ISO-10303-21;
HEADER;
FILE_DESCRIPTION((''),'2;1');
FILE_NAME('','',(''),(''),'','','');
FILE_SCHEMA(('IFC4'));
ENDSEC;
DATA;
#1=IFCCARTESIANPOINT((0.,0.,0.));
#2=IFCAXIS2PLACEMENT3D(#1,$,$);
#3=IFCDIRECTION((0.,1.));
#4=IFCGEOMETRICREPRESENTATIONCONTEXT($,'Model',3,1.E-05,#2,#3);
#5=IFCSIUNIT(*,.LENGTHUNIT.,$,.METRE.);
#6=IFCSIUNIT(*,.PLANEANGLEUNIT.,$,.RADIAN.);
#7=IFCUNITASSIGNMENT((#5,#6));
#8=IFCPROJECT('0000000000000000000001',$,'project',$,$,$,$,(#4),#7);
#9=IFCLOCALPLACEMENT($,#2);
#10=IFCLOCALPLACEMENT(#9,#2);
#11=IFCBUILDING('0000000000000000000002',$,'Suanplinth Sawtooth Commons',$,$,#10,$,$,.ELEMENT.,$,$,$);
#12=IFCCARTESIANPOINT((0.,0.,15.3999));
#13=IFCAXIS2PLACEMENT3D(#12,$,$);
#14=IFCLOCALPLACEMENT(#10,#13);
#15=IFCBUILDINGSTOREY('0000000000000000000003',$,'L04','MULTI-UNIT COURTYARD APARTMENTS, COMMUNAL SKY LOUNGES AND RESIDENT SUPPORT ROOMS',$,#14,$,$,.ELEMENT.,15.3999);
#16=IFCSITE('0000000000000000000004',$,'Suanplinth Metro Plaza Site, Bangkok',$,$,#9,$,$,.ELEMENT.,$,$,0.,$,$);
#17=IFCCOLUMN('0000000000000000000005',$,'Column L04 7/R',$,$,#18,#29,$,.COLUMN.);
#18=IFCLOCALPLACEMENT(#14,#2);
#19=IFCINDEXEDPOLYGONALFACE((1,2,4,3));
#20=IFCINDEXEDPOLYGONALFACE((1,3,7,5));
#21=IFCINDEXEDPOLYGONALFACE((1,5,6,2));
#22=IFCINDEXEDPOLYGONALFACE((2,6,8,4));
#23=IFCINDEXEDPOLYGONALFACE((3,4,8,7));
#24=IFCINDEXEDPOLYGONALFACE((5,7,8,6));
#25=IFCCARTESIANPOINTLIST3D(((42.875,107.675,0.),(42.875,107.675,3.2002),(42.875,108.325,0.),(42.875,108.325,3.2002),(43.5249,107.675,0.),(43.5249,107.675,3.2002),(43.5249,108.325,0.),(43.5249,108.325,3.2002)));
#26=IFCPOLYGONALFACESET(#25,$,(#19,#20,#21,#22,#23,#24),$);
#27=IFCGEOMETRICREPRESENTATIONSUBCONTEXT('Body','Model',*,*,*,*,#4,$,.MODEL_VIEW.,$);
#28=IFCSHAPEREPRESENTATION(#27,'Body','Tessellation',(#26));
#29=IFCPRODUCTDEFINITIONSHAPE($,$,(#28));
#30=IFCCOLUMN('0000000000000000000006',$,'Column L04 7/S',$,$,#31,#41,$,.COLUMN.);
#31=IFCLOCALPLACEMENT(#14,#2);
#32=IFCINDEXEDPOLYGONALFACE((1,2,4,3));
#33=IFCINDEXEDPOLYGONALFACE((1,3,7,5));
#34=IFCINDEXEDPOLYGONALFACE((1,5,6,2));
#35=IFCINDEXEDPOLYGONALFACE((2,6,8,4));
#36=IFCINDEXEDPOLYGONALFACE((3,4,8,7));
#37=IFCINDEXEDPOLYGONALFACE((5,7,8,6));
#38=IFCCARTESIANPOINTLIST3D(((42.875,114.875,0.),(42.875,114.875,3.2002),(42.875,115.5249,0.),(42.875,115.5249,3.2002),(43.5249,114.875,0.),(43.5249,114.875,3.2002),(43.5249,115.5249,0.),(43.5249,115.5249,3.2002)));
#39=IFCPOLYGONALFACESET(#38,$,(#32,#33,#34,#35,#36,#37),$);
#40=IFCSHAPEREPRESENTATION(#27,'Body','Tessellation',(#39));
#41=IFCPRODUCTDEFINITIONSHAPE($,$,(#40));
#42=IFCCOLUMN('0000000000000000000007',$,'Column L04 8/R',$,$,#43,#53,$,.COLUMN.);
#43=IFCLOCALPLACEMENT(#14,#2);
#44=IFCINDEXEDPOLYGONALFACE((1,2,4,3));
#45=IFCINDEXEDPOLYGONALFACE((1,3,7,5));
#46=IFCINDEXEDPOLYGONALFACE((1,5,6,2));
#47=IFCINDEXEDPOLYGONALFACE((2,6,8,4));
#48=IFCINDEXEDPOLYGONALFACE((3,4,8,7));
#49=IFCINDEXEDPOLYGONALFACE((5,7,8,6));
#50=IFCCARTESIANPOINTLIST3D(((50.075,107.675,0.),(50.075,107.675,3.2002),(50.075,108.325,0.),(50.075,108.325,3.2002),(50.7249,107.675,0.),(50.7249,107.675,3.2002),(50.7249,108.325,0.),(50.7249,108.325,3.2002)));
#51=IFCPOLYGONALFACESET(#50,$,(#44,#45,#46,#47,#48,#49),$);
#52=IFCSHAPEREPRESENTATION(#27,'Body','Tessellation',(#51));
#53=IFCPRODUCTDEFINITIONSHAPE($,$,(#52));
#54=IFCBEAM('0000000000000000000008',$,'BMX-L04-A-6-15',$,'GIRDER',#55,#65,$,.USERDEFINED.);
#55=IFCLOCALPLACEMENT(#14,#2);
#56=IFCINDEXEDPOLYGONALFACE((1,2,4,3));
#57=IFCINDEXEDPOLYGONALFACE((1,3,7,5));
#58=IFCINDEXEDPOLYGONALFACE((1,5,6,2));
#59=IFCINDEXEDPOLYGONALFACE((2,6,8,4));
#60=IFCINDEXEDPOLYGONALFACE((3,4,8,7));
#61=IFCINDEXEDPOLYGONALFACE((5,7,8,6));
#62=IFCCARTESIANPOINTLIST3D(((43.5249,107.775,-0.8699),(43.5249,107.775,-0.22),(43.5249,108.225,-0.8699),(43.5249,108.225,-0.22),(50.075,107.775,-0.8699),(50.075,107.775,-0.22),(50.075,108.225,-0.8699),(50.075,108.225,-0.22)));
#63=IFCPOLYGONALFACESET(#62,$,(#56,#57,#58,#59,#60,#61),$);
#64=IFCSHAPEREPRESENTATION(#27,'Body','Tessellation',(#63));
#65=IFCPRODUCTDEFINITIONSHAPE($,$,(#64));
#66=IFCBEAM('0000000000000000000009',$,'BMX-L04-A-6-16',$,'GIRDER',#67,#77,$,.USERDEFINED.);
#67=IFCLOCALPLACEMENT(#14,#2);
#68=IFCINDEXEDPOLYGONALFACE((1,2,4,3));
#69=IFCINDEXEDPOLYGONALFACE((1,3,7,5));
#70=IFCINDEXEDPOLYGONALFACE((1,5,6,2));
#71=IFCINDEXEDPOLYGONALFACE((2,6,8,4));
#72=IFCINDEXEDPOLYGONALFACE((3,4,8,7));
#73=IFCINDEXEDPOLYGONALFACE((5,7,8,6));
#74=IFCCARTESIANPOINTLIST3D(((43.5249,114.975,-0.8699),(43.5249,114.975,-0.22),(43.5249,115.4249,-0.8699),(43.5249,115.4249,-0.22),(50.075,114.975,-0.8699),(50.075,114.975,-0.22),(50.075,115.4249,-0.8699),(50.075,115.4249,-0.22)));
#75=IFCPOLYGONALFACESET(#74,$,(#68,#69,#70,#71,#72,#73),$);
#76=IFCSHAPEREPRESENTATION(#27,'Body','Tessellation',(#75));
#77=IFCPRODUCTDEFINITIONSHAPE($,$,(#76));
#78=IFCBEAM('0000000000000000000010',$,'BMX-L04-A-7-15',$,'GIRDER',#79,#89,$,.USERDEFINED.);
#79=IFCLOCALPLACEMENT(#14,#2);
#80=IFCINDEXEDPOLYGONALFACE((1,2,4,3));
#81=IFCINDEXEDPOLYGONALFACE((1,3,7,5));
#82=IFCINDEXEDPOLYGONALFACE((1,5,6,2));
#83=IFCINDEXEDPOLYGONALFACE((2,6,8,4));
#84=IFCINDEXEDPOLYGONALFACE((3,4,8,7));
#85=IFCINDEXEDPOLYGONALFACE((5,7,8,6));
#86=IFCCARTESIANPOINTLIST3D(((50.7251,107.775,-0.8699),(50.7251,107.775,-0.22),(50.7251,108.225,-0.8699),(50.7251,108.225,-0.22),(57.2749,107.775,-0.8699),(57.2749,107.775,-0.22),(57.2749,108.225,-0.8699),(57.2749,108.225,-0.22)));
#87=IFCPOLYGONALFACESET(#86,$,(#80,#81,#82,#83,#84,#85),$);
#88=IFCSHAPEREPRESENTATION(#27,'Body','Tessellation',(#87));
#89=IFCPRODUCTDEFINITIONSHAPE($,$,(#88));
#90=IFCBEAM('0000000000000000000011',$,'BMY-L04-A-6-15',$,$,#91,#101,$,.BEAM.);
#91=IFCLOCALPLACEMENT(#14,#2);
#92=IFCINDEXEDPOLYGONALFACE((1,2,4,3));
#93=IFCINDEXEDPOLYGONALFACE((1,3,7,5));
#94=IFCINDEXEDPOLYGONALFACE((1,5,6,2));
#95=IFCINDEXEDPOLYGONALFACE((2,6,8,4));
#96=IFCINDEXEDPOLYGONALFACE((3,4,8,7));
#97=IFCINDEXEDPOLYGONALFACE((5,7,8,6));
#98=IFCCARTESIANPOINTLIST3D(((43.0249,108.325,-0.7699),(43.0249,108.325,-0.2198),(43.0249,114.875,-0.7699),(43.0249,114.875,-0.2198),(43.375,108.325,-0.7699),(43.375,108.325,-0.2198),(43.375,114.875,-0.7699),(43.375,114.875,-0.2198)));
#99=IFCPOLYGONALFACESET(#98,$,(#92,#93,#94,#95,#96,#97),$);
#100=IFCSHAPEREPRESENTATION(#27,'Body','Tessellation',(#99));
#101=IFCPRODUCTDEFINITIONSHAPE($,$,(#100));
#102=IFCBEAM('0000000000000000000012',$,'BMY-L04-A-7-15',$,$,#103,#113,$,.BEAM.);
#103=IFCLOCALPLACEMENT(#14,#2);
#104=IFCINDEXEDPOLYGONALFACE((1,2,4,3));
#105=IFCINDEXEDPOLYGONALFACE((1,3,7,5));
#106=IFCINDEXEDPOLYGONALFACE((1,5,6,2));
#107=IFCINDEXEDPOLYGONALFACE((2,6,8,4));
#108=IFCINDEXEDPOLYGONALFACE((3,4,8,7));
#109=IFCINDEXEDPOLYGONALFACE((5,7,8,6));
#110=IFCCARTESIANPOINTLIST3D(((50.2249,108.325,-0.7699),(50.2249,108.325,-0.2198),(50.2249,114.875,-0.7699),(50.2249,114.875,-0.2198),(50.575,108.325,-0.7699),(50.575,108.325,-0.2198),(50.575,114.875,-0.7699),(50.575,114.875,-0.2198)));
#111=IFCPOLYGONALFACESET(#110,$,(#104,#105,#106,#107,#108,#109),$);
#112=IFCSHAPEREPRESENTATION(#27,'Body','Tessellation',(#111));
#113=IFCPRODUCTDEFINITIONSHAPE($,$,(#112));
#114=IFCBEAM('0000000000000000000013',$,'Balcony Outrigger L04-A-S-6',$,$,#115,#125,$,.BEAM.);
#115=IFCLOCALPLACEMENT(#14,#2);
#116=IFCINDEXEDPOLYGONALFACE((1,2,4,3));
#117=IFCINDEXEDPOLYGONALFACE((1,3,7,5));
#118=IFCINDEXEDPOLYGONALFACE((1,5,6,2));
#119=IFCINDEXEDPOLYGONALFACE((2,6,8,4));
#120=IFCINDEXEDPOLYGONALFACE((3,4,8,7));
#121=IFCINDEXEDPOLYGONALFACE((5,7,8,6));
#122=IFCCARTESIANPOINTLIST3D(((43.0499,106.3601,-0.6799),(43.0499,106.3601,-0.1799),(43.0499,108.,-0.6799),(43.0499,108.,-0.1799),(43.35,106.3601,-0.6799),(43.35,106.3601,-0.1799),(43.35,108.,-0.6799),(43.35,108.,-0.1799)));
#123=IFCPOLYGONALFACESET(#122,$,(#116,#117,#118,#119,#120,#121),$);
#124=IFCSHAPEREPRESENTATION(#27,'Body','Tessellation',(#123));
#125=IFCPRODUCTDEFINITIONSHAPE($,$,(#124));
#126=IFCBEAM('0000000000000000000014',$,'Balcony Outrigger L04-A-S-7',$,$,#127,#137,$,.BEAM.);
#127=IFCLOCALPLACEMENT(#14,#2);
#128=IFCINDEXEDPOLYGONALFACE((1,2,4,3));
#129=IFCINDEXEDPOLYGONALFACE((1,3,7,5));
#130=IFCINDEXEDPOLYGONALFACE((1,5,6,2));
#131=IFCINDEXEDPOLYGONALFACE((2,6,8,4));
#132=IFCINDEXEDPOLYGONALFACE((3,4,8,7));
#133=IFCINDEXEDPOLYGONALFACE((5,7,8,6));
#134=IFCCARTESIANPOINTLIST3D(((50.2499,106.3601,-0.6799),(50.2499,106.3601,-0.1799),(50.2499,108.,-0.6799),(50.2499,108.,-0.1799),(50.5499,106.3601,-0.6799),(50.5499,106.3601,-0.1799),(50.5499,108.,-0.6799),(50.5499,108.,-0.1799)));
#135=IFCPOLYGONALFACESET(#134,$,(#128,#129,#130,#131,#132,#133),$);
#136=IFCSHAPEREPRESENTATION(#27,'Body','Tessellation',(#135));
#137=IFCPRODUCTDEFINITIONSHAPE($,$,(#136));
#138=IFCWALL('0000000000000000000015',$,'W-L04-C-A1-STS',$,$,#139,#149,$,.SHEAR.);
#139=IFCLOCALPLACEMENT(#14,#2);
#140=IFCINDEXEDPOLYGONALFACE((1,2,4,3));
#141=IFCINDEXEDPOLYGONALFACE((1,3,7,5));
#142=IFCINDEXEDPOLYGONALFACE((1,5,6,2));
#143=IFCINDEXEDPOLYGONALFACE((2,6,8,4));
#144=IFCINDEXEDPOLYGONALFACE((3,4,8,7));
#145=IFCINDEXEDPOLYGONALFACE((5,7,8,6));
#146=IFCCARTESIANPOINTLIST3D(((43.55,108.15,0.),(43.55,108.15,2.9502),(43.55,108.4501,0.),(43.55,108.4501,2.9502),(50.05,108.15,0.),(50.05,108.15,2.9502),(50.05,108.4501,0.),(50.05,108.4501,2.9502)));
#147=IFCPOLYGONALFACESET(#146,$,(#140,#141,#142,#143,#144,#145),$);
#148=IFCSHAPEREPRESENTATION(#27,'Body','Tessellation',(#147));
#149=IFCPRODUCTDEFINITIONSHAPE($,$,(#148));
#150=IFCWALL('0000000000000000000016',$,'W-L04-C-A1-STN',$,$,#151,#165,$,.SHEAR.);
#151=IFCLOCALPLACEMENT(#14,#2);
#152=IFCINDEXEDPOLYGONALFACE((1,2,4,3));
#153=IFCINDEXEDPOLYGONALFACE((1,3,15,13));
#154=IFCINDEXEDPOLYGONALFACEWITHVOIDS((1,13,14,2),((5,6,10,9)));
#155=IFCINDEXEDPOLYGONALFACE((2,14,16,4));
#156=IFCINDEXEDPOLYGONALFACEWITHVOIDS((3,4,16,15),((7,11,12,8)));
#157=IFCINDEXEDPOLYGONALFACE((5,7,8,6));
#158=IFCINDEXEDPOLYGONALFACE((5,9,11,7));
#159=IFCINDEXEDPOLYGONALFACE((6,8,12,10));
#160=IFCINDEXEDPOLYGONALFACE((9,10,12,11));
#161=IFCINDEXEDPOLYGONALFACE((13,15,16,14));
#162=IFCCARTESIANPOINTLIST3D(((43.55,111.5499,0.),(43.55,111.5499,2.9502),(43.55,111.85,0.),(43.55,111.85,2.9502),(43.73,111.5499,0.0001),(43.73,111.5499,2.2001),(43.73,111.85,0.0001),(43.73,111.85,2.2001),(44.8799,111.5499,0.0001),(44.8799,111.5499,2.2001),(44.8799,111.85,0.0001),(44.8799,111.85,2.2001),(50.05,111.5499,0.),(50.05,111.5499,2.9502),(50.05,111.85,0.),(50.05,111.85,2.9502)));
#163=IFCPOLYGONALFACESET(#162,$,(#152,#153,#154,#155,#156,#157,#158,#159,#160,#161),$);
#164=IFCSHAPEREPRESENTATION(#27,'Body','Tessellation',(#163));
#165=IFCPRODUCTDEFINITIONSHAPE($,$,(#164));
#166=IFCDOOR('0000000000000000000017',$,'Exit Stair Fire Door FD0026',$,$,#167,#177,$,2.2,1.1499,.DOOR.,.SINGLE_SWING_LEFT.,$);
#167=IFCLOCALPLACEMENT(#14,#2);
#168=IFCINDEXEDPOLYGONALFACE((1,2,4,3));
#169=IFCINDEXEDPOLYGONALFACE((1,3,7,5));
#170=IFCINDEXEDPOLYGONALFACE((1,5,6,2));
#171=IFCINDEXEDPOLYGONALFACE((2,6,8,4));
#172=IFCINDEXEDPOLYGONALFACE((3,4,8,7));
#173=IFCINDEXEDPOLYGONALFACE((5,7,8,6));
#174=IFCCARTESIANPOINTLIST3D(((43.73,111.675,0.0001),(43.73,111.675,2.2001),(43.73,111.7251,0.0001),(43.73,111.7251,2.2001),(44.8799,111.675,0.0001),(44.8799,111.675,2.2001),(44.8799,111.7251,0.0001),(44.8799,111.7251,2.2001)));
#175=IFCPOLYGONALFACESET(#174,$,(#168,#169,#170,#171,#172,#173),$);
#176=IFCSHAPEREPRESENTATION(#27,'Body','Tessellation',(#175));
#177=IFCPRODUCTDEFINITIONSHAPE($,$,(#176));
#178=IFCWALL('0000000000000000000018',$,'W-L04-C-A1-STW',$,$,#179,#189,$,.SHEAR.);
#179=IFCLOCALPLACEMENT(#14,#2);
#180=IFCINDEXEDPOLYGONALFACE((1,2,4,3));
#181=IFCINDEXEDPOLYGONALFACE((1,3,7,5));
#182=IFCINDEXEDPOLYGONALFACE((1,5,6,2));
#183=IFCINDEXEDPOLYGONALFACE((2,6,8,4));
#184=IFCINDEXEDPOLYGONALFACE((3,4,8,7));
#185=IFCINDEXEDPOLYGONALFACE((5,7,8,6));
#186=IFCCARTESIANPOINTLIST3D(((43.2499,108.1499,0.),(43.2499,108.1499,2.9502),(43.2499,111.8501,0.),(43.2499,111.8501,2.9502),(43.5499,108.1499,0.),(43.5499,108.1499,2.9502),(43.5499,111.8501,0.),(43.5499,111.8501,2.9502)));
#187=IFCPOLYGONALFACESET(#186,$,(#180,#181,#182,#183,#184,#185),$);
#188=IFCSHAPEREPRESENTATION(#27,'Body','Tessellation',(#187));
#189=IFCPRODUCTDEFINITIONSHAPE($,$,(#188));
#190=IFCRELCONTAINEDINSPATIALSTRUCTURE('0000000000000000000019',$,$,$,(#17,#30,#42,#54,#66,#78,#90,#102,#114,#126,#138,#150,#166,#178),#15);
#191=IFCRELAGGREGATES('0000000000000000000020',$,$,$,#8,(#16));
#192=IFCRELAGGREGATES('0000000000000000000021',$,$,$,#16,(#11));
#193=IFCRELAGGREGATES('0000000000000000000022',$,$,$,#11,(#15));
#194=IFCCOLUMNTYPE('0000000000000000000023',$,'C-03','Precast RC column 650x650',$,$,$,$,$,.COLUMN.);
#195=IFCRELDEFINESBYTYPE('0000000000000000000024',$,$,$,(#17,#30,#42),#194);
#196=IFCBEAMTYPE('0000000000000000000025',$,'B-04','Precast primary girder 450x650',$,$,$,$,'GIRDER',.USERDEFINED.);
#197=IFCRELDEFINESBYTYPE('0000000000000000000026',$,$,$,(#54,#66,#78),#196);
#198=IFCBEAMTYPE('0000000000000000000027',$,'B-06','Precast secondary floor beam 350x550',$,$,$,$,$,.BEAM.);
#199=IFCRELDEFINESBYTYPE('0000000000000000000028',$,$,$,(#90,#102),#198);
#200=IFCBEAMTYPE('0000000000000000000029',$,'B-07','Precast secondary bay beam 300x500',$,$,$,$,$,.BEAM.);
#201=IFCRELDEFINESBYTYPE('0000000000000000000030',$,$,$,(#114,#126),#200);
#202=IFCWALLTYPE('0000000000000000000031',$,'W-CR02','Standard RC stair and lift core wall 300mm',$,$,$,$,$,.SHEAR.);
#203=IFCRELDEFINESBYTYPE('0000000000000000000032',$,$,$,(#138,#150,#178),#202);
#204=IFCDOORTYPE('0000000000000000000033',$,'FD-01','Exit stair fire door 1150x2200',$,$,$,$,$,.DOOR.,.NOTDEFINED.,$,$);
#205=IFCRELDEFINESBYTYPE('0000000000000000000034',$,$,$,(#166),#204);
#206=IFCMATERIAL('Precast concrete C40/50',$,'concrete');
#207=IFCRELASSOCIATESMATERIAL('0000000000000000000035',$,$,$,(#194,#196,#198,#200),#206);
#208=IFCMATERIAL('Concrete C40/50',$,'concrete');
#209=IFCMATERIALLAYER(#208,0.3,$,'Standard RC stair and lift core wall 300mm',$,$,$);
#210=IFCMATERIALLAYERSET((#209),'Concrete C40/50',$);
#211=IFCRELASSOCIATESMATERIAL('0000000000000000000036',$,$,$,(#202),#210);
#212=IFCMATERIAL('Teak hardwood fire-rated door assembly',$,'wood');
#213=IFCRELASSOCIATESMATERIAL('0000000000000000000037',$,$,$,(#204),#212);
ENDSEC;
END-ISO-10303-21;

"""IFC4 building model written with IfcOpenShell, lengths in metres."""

from ifc_helpers import new_model, si_unit, direction, frame, frame_2d, origin, origin_2d, place, context, subcontext, project, spatial, rectangle, extrude, material, layer, layer_set, material_profile, profile_set, type_object, element, fill, save


model = new_model("IFC4")

# Units and contexts
model_context = context("Model", 3, precision=1e-05, world=origin(), true_north=direction((0.0, 1.0)))
body_context = subcontext(model_context, "Body", "Model", "MODEL_VIEW")
ifc_project = project(units=[si_unit("LENGTHUNIT", "METRE"), si_unit("PLANEANGLEUNIT", "RADIAN")], contexts=[model_context])

# Site, building, storey
site_placement = place(None, origin())
site = spatial("IfcSite", under=ifc_project, at=site_placement, Name="Suanplinth Metro Plaza Site, Bangkok", CompositionType="ELEMENT", RefElevation=0.0)
building_placement = place(site_placement, origin())
building = spatial("IfcBuilding", under=site, at=building_placement, Name="Suanplinth Sawtooth Commons", CompositionType="ELEMENT")
storey_placement = place(building_placement, frame((0.0, 0.0, 15.3999)))
storey = spatial("IfcBuildingStorey", under=building, at=storey_placement, Name="L04", Description="MULTI-UNIT COURTYARD APARTMENTS, COMMUNAL SKY LOUNGES AND RESIDENT SUPPORT ROOMS", CompositionType="ELEMENT", Elevation=15.3999)

# Columns
ifc_material_1 = material(Name="Precast concrete C40/50", Category="concrete")
ifc_material_profile_1 = material_profile(ifc_material_1, rectangle(XDim=0.6499, YDim=0.6499, at=origin_2d()), Name="PC-COL 650x650")
ifc_profile_set_1 = profile_set([ifc_material_profile_1], Name="Precast concrete C40/50")
column_type = type_object("IfcColumnType", Name="C-03", Description="Precast RC column 650x650", PredefinedType="COLUMN", material=ifc_profile_set_1)
for number, where, z_axis, x_axis, name in (
    (1, (43.2, 108.0, 0.0), (0.0, 0.0, 1.0), (1.0, 0.0, 0.0), "Column L04 7/R"),
    (2, (43.2, 115.2, 0.0), (0.0, 0.0, 1.0), (1.0, 0.0, 0.0), "Column L04 7/S"),
    (3, (50.3999, 108.0, 0.0), (0.0, 0.0, 1.0), (1.0, 0.0, 0.0), "Column L04 8/R"),
):
    element("IfcColumn", number, at=place(storey_placement, frame(where, z_axis=z_axis, x_axis=x_axis)), inside=storey, type_object=column_type, Name=name, PredefinedType="COLUMN", context=body_context, shape_type="SweptSolid", body=[
        extrude(rectangle(XDim=0.6499, YDim=0.6499, at=origin_2d()), origin(), (0.0, 0.0, 1.0), 3.2002),
    ])

# Beams
ifc_material_profile_2 = material_profile(ifc_material_1, rectangle(XDim=0.45, YDim=0.6499, at=origin_2d()), Name="PC-GDR 450x650")
ifc_profile_set_2 = profile_set([ifc_material_profile_2], Name="Precast concrete C40/50")
beam_type_1 = type_object("IfcBeamType", Name="B-04", Description="Precast primary girder 450x650", ElementType="GIRDER", PredefinedType="USERDEFINED", material=ifc_profile_set_2)
for number, where, z_axis, x_axis, name in (
    (4, (43.5249, 108.0, -0.5449), (1.0, 0.0, 0.0), (0.0, 1.0, 0.0), "BMX-L04-A-6-15"),
    (5, (43.5249, 115.2, -0.5449), (1.0, 0.0, 0.0), (0.0, 1.0, 0.0), "BMX-L04-A-6-16"),
):
    element("IfcBeam", number, at=place(storey_placement, frame(where, z_axis=z_axis, x_axis=x_axis)), inside=storey, type_object=beam_type_1, Name=name, ObjectType="GIRDER", PredefinedType="USERDEFINED", context=body_context, shape_type="SweptSolid", body=[
        extrude(rectangle(XDim=0.45, YDim=0.6499, at=origin_2d()), origin(), (0.0, 0.0, 1.0), 6.55),
    ])
beam_placement = place(storey_placement, frame((50.7251, 108.0, -0.5449), z_axis=(1.0, 0.0, 0.0), x_axis=(0.0, 1.0, 0.0)))
element("IfcBeam", 6, at=beam_placement, inside=storey, type_object=beam_type_1, Name="BMX-L04-A-7-15", ObjectType="GIRDER", PredefinedType="USERDEFINED", context=body_context, shape_type="SweptSolid", body=[
    extrude(rectangle(XDim=0.45, YDim=0.6499, at=origin_2d()), origin(), (0.0, 0.0, 1.0), 6.5498),
])
ifc_material_profile_3 = material_profile(ifc_material_1, rectangle(XDim=0.3501, YDim=0.55, at=origin_2d()), Name="PC-BM 350x550")
ifc_profile_set_3 = profile_set([ifc_material_profile_3], Name="Precast concrete C40/50")
beam_type_2 = type_object("IfcBeamType", Name="B-06", Description="Precast secondary floor beam 350x550", PredefinedType="BEAM", material=ifc_profile_set_3)
for number, where, z_axis, x_axis, name in (
    (7, (43.2, 108.325, -0.4949), (0.0, 1.0, 0.0), (-1.0, 0.0, 0.0), "BMY-L04-A-6-15"),
    (8, (50.3999, 108.325, -0.4949), (0.0, 1.0, 0.0), (-1.0, 0.0, 0.0), "BMY-L04-A-7-15"),
):
    element("IfcBeam", number, at=place(storey_placement, frame(where, z_axis=z_axis, x_axis=x_axis)), inside=storey, type_object=beam_type_2, Name=name, PredefinedType="BEAM", context=body_context, shape_type="SweptSolid", body=[
        extrude(rectangle(XDim=0.3501, YDim=0.55, at=origin_2d()), origin(), (0.0, 0.0, 1.0), 6.55),
    ])
ifc_material_profile_4 = material_profile(ifc_material_1, rectangle(XDim=0.3, YDim=0.5, at=origin_2d()), Name="PC-BM 300x500")
ifc_profile_set_4 = profile_set([ifc_material_profile_4], Name="Precast concrete C40/50")
beam_type_3 = type_object("IfcBeamType", Name="B-07", Description="Precast secondary bay beam 300x500", PredefinedType="BEAM", material=ifc_profile_set_4)
for number, where, z_axis, x_axis, name in (
    (9, (43.2, 108.0, -0.4299), (0.0, -1.0, 0.0), (1.0, 0.0, 0.0), "Balcony Outrigger L04-A-S-6"),
    (10, (50.3999, 108.0, -0.4299), (0.0, -1.0, 0.0), (1.0, 0.0, 0.0), "Balcony Outrigger L04-A-S-7"),
):
    element("IfcBeam", number, at=place(storey_placement, frame(where, z_axis=z_axis, x_axis=x_axis)), inside=storey, type_object=beam_type_3, Name=name, PredefinedType="BEAM", context=body_context, shape_type="SweptSolid", body=[
        extrude(rectangle(XDim=0.3, YDim=0.5, at=origin_2d()), origin(), (0.0, 0.0, 1.0), 1.6399),
    ])

# Wall
ifc_material_2 = material(Name="Concrete C40/50", Category="concrete")
ifc_layer_1 = layer(ifc_material_2, 0.3, Name="Standard RC stair and lift core wall 300mm")
ifc_layer_set_1 = layer_set([ifc_layer_1], Name="Concrete C40/50")
wall_type_1 = type_object("IfcWallType", Name="W-CR02", Description="Standard RC stair and lift core wall 300mm", PredefinedType="SHEAR", material=ifc_layer_set_1)
wall_1_placement = place(storey_placement, frame((43.55, 108.3, 0.0), z_axis=(0.0, 0.0, 1.0), x_axis=(1.0, 0.0, 0.0)))
element("IfcWall", 11, at=wall_1_placement, inside=storey, type_object=wall_type_1, Name="W-L04-C-A1-STS", PredefinedType="SHEAR", context=body_context, shape_type="SweptSolid", body=[
    extrude(rectangle(XDim=6.5, YDim=0.3, at=frame_2d((3.25, 0.0))), origin(), (0.0, 0.0, 1.0), 2.9502),
])

# Wall, opening, door
wall_2_placement = place(storey_placement, frame((43.55, 111.7, 0.0), z_axis=(0.0, 0.0, 1.0), x_axis=(1.0, 0.0, 0.0)))
wall_2 = element("IfcWall", 12, at=wall_2_placement, inside=storey, type_object=wall_type_1, Name="W-L04-C-A1-STN", PredefinedType="SHEAR", context=body_context, shape_type="SweptSolid", body=[
    extrude(rectangle(XDim=6.5, YDim=0.3, at=frame_2d((3.25, 0.0))), origin(), (0.0, 0.0, 1.0), 2.9502),
])
opening_1_placement = place(wall_2_placement, frame((0.1799, 0.0, 0.0)))
opening_1 = element("IfcOpeningElement", 13, at=opening_1_placement, cuts=wall_2, PredefinedType="OPENING", context=body_context, shape_type="SweptSolid", body=[
    extrude(rectangle(XDim=1.1499, YDim=2.2, at=frame_2d((0.575, 1.1001))), frame((0.0, 0.165, 0.0), z_axis=(0.0, -1.0, 0.0), x_axis=(1.0, 0.0, 0.0)), (0.0, 0.0, 1.0), 0.3298),
])
ifc_material_3 = material(Name="Teak hardwood fire-rated door assembly", Category="wood")
door_type_1 = type_object("IfcDoorType", Name="FD-01", Description="Exit stair fire door 1150x2200", OperationType="NOTDEFINED", PredefinedType="DOOR", material=ifc_material_3)
door_1_placement = place(opening_1_placement, frame((1.1499, 0.0, 0.0), z_axis=(0.0, 0.0, 1.0), x_axis=(-1.0, 0.0, 0.0)))
door_1 = element("IfcDoor", 14, at=door_1_placement, inside=storey, type_object=door_type_1, Name="Exit Stair Fire Door FD0026", OperationType="SINGLE_SWING_LEFT", OverallHeight=2.2, OverallWidth=1.1499, PredefinedType="DOOR", context=body_context, shape_type="SweptSolid", body=[
    extrude(rectangle(XDim=1.1499, YDim=2.2, at=frame_2d((0.575, 1.1001))), frame((0.0, 0.0249, 0.0), z_axis=(0.0, -1.0, 0.0), x_axis=(1.0, 0.0, 0.0)), (0.0, 0.0, 1.0), 0.05),
])
fill(opening_1, door_1)

# Wall
for number, where, z_axis, x_axis, name in (
    (15, (43.3999, 108.1499, 0.0), (0.0, 0.0, 1.0), (0.0, 1.0, 0.0), "W-L04-C-A1-STW"),
):
    element("IfcWall", number, at=place(storey_placement, frame(where, z_axis=z_axis, x_axis=x_axis)), inside=storey, type_object=wall_type_1, Name=name, PredefinedType="SHEAR", context=body_context, shape_type="SweptSolid", body=[
        extrude(rectangle(XDim=3.7002, YDim=0.3, at=frame_2d((1.8501, 0.0))), origin(), (0.0, 0.0, 1.0), 2.9502),
    ])

save(model, "model.ifc")
